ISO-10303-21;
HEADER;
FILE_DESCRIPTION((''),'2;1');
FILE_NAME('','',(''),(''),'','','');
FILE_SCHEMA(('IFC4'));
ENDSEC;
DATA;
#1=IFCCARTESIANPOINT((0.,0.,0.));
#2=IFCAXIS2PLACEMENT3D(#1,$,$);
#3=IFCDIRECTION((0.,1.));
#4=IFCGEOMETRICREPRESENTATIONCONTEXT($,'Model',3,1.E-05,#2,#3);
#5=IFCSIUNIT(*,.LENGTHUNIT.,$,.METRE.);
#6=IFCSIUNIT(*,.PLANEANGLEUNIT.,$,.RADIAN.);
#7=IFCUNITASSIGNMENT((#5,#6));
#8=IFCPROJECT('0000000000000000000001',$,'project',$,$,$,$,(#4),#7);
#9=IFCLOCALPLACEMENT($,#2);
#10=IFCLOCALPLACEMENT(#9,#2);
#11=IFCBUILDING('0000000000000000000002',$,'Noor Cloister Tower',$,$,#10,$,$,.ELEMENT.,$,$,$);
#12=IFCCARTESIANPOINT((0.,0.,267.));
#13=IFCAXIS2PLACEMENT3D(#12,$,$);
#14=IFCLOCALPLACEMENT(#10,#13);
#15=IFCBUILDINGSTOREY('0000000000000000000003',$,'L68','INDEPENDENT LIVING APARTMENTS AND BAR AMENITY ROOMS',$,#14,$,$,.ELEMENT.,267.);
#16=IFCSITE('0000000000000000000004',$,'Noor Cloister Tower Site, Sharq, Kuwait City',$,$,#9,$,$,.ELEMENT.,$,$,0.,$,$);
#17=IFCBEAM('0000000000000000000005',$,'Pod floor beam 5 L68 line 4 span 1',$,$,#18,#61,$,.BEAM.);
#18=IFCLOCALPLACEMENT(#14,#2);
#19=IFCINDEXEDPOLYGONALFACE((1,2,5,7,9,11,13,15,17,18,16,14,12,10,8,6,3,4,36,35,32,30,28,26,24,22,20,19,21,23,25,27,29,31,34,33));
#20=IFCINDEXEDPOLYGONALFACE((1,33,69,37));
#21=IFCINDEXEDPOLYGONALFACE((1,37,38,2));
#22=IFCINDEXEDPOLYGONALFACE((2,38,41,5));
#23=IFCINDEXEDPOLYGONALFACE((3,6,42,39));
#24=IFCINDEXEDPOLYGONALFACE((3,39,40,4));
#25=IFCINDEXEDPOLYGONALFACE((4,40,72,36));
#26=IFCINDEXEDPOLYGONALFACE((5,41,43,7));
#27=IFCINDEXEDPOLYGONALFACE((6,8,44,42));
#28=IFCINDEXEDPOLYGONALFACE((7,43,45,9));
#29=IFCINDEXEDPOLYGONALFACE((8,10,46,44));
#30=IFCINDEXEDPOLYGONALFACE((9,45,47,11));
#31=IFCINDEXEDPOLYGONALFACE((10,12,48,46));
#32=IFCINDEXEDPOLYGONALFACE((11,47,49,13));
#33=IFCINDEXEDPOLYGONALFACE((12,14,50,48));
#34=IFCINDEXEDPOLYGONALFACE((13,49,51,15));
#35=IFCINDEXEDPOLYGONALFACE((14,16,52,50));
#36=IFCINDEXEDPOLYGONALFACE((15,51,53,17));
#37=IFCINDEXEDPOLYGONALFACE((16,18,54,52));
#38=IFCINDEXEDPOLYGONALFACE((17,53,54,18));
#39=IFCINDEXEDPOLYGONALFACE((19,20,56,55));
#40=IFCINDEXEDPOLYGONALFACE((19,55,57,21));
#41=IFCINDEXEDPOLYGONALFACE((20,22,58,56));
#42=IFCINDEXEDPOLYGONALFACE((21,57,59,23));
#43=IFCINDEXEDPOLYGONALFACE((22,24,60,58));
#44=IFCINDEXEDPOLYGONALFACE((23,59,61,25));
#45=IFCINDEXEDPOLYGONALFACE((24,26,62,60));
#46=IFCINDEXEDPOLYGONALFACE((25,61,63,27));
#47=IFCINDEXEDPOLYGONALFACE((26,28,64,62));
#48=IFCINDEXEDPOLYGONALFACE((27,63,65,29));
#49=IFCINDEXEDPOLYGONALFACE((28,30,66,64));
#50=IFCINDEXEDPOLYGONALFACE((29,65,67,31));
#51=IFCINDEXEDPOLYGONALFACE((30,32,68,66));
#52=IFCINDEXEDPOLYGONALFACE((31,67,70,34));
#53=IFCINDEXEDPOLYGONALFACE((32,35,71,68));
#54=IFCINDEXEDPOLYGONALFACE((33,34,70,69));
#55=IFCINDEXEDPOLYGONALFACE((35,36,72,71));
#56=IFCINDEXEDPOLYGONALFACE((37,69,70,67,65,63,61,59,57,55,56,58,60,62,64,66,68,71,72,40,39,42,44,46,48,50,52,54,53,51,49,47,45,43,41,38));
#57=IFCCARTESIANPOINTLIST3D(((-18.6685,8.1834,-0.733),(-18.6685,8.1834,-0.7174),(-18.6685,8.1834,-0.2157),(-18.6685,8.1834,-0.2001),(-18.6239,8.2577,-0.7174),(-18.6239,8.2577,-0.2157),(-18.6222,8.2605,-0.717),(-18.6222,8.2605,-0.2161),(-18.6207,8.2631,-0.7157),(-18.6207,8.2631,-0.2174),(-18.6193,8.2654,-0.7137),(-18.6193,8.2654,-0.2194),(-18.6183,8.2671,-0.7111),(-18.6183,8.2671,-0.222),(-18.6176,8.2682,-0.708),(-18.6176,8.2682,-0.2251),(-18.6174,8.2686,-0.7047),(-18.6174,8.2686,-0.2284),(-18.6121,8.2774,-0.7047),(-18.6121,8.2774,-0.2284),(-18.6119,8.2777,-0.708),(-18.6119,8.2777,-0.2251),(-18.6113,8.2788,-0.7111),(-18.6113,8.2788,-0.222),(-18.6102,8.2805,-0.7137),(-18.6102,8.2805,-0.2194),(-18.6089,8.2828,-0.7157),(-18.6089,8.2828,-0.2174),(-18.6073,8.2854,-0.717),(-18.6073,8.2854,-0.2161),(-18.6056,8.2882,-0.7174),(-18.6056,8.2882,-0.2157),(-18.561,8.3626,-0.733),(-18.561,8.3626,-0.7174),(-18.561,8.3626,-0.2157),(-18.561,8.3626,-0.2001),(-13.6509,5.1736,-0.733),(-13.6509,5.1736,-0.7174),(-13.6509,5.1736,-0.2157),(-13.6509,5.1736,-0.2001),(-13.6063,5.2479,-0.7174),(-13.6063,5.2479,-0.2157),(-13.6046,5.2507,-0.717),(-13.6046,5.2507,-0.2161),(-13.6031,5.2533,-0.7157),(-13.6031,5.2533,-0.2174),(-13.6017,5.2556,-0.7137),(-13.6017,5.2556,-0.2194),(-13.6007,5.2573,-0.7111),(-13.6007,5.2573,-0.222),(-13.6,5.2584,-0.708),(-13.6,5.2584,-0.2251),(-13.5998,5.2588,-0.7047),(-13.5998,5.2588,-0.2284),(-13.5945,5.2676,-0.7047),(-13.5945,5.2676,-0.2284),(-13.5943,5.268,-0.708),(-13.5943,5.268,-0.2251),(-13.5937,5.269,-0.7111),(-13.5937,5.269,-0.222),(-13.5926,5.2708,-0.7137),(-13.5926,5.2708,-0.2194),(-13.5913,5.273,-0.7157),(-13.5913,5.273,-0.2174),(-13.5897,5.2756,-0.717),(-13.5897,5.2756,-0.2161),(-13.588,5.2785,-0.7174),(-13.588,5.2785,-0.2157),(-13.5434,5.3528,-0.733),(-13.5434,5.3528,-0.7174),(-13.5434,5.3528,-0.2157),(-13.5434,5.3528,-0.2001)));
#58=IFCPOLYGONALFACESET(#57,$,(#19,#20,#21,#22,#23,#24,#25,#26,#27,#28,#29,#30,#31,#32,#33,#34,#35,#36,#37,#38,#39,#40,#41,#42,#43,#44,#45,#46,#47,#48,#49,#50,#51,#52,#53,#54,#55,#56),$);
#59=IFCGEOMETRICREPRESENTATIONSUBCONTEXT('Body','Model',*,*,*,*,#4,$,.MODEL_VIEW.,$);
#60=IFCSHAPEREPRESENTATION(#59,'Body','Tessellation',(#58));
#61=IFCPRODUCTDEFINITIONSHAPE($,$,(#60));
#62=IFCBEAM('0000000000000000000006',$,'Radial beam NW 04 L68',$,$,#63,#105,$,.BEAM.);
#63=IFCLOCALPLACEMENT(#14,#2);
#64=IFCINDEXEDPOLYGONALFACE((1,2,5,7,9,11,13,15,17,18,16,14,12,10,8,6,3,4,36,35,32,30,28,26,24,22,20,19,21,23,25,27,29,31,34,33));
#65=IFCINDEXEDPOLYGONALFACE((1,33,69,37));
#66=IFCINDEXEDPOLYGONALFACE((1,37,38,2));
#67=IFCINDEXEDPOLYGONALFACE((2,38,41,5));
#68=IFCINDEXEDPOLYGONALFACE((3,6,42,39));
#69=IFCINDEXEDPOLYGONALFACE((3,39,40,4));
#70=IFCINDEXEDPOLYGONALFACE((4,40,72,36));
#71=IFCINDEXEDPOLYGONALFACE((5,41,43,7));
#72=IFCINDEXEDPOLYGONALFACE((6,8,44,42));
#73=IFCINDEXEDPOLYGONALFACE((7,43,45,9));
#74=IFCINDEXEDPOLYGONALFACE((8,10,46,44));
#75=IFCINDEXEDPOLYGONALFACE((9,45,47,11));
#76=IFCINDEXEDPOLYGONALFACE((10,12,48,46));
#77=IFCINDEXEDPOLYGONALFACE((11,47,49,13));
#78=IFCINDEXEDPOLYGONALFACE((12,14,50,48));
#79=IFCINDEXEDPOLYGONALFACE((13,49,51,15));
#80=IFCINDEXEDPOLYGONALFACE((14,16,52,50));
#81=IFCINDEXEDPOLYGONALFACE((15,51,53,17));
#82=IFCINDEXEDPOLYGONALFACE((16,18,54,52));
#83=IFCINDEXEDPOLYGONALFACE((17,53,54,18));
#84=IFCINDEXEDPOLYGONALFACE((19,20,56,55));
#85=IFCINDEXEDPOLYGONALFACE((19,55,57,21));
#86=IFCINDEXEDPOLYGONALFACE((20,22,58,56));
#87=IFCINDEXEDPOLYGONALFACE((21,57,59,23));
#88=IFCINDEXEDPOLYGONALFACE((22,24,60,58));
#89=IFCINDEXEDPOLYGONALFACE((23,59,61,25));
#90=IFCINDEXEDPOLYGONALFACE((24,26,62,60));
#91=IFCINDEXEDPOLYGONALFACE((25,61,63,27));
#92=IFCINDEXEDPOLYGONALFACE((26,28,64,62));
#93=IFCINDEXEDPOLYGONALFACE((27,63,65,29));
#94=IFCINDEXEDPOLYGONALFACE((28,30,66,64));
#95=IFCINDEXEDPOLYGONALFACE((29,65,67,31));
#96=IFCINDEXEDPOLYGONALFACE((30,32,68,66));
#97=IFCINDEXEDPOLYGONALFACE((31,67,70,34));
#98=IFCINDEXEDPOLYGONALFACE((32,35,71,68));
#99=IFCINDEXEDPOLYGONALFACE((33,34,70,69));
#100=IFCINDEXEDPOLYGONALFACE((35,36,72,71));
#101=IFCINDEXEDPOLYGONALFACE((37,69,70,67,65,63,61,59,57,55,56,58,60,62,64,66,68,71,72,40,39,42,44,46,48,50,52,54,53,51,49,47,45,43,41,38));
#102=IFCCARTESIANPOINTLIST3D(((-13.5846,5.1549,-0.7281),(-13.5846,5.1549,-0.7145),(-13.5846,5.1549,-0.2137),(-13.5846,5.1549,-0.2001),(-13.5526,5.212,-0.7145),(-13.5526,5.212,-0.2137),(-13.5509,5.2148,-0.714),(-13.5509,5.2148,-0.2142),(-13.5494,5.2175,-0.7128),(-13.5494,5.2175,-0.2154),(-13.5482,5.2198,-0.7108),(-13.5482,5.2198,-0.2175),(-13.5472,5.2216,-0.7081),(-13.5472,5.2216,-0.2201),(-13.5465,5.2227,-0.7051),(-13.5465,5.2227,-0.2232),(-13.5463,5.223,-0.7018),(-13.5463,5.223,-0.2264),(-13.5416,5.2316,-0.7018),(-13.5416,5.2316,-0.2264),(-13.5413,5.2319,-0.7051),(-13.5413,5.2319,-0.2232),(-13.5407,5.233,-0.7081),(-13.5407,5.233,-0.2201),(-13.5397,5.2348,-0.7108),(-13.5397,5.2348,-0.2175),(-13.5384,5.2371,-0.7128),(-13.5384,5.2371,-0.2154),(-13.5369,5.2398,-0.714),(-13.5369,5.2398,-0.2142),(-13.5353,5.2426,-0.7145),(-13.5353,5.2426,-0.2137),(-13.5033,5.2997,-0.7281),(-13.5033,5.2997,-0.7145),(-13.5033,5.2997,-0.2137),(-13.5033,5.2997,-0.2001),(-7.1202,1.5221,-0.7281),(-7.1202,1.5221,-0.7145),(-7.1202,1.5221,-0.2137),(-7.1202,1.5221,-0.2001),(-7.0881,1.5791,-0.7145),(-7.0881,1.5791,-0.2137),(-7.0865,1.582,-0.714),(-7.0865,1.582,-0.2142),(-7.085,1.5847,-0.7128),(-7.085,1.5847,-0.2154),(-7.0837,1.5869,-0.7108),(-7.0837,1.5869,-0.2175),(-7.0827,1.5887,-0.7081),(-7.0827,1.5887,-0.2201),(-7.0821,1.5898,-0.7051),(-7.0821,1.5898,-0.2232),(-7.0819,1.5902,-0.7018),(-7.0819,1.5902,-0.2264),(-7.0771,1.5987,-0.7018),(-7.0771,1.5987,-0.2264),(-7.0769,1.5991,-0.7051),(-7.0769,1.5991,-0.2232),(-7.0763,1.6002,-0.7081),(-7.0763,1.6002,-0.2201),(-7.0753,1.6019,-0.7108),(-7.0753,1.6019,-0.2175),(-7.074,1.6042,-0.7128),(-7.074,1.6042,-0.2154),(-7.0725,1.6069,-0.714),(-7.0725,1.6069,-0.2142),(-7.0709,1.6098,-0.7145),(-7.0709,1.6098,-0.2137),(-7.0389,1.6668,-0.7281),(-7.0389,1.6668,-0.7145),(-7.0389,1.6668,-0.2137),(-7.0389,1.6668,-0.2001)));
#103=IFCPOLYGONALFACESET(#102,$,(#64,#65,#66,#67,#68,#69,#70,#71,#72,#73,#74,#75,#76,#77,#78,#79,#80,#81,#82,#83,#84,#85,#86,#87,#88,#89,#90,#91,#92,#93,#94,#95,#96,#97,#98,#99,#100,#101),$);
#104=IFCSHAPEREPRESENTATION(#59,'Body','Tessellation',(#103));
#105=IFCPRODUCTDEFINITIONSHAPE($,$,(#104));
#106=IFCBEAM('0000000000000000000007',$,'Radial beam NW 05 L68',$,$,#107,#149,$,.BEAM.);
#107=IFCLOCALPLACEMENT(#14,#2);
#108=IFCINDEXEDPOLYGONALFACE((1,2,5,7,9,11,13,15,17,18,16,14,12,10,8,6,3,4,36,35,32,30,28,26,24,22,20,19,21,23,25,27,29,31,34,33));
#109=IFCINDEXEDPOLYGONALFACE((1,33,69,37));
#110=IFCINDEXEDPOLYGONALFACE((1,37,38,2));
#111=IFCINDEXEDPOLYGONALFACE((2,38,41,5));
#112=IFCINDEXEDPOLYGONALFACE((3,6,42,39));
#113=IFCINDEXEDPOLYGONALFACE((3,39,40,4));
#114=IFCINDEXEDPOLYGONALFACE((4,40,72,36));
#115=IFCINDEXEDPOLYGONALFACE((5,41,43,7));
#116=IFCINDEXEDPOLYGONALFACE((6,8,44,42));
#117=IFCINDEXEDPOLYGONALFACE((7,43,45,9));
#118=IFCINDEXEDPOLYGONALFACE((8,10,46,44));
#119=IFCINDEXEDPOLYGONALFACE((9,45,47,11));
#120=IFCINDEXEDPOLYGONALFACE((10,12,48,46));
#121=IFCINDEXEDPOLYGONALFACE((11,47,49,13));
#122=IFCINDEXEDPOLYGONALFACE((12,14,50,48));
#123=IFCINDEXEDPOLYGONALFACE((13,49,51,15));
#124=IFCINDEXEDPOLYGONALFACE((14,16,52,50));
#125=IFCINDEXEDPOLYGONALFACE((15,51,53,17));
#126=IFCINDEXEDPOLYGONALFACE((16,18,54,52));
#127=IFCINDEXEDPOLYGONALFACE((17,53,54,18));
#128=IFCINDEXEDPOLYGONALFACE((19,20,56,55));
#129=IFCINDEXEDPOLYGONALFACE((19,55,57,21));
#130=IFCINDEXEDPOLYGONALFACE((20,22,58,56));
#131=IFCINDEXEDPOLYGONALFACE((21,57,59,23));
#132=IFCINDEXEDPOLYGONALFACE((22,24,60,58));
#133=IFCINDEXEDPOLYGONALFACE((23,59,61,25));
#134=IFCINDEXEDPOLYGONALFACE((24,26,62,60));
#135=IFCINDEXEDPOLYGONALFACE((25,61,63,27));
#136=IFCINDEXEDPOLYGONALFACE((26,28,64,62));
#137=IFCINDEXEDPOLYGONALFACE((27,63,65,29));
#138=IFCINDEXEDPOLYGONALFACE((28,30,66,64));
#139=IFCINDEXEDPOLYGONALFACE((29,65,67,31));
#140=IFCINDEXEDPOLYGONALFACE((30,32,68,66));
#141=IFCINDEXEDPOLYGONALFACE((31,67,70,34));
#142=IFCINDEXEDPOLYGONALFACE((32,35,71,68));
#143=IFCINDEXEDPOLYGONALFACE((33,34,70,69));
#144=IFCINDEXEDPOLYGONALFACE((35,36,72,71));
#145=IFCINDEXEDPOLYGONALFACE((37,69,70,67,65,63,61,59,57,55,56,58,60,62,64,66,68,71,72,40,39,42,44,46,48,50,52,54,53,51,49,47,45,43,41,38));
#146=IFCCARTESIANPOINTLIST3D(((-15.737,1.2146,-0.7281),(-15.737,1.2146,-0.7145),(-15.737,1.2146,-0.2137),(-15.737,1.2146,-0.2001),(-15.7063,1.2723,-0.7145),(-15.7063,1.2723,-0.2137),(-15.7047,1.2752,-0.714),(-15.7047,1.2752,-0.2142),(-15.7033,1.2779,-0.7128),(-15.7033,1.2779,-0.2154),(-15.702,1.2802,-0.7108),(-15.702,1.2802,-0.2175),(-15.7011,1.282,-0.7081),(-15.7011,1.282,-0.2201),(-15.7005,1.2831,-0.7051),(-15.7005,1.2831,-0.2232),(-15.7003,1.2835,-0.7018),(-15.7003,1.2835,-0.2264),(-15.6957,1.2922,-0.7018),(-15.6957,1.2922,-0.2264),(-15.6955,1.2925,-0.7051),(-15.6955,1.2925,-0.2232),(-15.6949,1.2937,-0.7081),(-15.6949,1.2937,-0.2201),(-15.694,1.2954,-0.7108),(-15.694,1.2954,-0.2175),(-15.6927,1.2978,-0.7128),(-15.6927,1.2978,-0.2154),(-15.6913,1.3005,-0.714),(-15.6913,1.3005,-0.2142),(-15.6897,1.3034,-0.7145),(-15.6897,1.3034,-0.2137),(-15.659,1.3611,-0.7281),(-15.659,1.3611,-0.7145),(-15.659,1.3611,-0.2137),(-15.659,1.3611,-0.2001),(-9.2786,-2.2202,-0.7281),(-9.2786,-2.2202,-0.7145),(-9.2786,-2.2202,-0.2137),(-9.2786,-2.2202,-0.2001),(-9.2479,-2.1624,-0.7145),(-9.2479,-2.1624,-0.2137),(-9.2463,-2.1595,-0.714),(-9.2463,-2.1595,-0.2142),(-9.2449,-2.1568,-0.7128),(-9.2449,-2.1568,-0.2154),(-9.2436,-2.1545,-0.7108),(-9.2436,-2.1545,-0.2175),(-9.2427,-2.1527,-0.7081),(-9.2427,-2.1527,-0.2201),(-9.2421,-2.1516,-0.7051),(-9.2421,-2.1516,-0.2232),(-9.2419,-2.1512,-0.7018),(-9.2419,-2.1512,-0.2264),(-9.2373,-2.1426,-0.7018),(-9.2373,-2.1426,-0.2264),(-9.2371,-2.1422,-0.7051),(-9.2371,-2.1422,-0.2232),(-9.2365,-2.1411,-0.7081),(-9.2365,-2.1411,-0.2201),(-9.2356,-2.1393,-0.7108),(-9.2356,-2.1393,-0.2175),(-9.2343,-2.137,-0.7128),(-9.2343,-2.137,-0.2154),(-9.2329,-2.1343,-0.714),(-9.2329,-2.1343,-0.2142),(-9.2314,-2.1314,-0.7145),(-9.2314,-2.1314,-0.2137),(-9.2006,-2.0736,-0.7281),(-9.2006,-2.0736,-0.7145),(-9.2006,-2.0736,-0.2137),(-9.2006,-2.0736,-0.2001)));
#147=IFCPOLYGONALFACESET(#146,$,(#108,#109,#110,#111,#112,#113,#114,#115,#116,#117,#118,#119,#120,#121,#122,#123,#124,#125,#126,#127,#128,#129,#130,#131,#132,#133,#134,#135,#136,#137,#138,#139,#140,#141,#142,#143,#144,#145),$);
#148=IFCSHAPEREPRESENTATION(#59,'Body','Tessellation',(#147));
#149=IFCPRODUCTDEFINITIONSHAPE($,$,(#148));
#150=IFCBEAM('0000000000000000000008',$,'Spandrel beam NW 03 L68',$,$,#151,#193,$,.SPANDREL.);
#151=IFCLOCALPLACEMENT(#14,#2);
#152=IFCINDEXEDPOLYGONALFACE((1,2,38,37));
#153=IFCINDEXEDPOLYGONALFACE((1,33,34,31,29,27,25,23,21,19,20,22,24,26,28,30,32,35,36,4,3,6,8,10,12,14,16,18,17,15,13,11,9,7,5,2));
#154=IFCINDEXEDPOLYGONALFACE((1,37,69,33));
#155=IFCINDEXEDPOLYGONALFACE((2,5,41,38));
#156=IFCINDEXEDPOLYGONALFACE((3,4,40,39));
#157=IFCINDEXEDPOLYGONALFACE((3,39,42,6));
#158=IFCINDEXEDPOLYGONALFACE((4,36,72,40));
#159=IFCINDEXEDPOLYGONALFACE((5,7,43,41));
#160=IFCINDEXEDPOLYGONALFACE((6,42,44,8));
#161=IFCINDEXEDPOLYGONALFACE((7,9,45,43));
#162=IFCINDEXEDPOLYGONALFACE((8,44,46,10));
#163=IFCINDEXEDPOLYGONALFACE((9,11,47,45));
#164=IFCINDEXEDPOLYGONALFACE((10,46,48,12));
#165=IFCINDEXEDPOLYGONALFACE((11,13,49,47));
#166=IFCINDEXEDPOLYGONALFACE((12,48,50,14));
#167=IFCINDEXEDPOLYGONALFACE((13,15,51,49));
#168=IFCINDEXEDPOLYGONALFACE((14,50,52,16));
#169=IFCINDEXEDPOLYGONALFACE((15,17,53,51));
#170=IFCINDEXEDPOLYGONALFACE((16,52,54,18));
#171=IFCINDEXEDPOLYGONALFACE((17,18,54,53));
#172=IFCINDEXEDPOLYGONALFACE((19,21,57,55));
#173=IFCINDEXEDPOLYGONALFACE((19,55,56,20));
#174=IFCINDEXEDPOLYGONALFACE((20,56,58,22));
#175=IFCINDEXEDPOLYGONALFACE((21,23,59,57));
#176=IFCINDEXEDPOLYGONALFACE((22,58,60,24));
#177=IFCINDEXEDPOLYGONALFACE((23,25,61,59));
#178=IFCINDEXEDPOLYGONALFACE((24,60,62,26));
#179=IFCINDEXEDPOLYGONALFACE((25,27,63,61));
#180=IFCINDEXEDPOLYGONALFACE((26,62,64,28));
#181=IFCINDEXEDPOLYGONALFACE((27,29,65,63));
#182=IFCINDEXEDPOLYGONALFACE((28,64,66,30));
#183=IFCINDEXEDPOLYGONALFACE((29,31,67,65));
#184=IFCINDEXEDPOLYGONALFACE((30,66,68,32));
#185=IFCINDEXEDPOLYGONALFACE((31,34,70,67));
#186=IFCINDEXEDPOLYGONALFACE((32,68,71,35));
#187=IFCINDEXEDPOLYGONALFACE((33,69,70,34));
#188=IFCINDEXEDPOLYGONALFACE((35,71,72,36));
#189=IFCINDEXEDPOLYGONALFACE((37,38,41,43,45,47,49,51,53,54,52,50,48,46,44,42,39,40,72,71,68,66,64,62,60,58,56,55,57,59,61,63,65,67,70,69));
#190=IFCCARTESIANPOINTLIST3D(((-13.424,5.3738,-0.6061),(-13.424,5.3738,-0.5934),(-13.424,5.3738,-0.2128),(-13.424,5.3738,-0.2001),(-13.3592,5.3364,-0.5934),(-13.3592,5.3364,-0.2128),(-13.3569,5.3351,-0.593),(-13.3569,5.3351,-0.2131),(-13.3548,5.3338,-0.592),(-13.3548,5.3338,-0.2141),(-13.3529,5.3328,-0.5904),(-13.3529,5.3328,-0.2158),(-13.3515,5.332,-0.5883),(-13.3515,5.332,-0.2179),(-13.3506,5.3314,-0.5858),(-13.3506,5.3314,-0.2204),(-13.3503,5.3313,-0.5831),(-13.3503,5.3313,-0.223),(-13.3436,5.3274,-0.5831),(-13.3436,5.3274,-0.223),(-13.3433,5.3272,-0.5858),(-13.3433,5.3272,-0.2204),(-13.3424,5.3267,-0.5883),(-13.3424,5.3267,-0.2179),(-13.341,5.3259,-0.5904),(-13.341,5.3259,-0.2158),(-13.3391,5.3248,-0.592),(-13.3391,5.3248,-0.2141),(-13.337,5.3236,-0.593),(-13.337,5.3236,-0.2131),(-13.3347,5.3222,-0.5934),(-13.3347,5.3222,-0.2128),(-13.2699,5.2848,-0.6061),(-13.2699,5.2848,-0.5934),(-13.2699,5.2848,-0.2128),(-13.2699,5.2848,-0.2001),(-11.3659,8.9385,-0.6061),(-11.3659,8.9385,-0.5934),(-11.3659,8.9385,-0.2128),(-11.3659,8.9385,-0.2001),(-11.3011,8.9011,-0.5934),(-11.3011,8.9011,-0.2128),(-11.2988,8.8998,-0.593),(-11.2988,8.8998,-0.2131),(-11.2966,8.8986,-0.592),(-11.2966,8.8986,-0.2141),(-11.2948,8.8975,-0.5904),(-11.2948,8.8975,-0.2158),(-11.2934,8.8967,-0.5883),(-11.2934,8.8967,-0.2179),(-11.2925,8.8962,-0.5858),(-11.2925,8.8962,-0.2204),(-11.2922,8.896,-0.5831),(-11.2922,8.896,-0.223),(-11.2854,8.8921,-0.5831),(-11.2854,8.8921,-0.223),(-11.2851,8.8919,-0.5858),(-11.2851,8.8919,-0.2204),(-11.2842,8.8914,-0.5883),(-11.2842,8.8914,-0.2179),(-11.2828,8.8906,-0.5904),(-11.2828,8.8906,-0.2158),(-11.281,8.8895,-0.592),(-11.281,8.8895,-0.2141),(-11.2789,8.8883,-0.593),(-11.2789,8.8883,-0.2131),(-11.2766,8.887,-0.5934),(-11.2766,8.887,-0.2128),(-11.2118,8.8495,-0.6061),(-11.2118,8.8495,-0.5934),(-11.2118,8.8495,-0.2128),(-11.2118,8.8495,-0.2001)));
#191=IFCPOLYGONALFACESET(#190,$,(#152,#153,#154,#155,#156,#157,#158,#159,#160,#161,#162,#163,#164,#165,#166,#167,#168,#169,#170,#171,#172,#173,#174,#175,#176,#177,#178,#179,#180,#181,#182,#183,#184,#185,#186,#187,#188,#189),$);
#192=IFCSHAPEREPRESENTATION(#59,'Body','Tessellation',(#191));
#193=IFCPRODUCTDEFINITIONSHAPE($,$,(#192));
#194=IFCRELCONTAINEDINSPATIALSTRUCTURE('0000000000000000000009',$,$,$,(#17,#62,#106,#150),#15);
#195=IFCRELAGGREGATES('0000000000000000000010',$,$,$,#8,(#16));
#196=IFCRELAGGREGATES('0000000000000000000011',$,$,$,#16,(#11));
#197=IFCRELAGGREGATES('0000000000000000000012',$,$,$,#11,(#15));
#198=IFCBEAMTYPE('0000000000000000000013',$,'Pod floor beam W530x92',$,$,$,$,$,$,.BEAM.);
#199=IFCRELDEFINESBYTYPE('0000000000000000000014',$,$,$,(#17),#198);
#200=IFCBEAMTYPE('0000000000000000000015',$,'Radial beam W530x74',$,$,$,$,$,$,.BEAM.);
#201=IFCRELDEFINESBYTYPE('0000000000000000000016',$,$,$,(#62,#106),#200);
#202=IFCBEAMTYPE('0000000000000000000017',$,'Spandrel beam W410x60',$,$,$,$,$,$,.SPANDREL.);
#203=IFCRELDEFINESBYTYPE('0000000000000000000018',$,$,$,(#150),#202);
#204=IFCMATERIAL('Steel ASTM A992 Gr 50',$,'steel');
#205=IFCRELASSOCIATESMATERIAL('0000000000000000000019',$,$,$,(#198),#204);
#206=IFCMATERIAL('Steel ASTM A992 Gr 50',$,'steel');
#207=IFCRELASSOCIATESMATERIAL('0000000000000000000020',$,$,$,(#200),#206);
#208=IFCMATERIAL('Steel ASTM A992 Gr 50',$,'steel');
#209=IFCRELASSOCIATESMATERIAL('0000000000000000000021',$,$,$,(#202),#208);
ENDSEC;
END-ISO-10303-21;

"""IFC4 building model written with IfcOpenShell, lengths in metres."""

from ifc_helpers import new_model, si_unit, direction, frame, origin, origin_2d, place, context, subcontext, project, spatial, i_section, extrude, material, material_profile, profile_set, type_object, element, save


model = new_model("IFC4")

# Units and contexts
model_context = context("Model", 3, precision=1e-05, world=origin(), true_north=direction((0.0, 1.0)))
body_context = subcontext(model_context, "Body", "Model", "MODEL_VIEW")
ifc_project = project(units=[si_unit("LENGTHUNIT", "METRE"), si_unit("PLANEANGLEUNIT", "RADIAN")], contexts=[model_context])

# Site, building, storey
site_placement = place(None, origin())
site = spatial("IfcSite", under=ifc_project, at=site_placement, Name="Noor Cloister Tower Site, Sharq, Kuwait City", CompositionType="ELEMENT", RefElevation=0.0)
building_placement = place(site_placement, origin())
building = spatial("IfcBuilding", under=site, at=building_placement, Name="Noor Cloister Tower", CompositionType="ELEMENT")
storey_placement = place(building_placement, frame((0.0, 0.0, 267.0)))
storey = spatial("IfcBuildingStorey", under=building, at=storey_placement, Name="L68", Description="INDEPENDENT LIVING APARTMENTS AND BAR AMENITY ROOMS", CompositionType="ELEMENT", Elevation=267.0)

# Beams
ifc_material_1 = material(Name="Steel ASTM A992 Gr 50", Category="steel")
ifc_material_profile_1 = material_profile(ifc_material_1, i_section(OverallWidth=0.209, OverallDepth=0.533, WebThickness=0.0103, FlangeThickness=0.0156, FilletRadius=0.0127, at=origin_2d()), Name="W530x92")
ifc_profile_set_1 = profile_set([ifc_material_profile_1], Name="Steel ASTM A992 Gr 50")
beam_type_1 = type_object("IfcBeamType", Name="Pod floor beam W530x92", PredefinedType="BEAM", material=ifc_profile_set_1)
beam_1_placement = place(storey_placement, frame((-13.5972, 5.2632, -0.4666), z_axis=(-0.857552, 0.514398, 0.0), x_axis=(-0.514398, -0.857552, 0.0)))
element("IfcBeam", 1, at=beam_1_placement, inside=storey, type_object=beam_type_1, Name="Pod floor beam 5 L68 line 4 span 1", PredefinedType="BEAM", context=body_context, shape_type="SweptSolid", body=[
    extrude(i_section(OverallWidth=0.209, OverallDepth=0.533, WebThickness=0.0103, FlangeThickness=0.0156, FilletRadius=0.0127, at=origin_2d()), origin(), (0.0, 0.0, 1.0), 5.8511),
])
ifc_material_2 = material(Name="Steel ASTM A992 Gr 50", Category="steel")
ifc_material_profile_2 = material_profile(ifc_material_2, i_section(OverallWidth=0.166, OverallDepth=0.5281, WebThickness=0.0098, FlangeThickness=0.0137, FilletRadius=0.0127, at=origin_2d()), Name="W530x74")
ifc_profile_set_2 = profile_set([ifc_material_profile_2], Name="Steel ASTM A992 Gr 50")
beam_type_2 = type_object("IfcBeamType", Name="Radial beam W530x74", PredefinedType="BEAM", material=ifc_profile_set_2)
beam_2_placement = place(storey_placement, frame((-13.5439, 5.2273, -0.4641), z_axis=(0.871771, -0.489914, 0.0), x_axis=(0.489914, 0.871771, 0.0)))
element("IfcBeam", 2, at=beam_2_placement, inside=storey, type_object=beam_type_2, Name="Radial beam NW 04 L68", PredefinedType="BEAM", context=body_context, shape_type="SweptSolid", body=[
    extrude(i_section(OverallWidth=0.166, OverallDepth=0.5281, WebThickness=0.0098, FlangeThickness=0.0137, FilletRadius=0.0127, at=origin_2d()), origin(), (0.0, 0.0, 1.0), 7.4153),
])
beam_3_placement = place(storey_placement, frame((-15.698, 1.2878, -0.4641), z_axis=(0.882904, -0.469554, 0.0), x_axis=(0.469554, 0.882904, 0.0)))
element("IfcBeam", 3, at=beam_3_placement, inside=storey, type_object=beam_type_2, Name="Radial beam NW 05 L68", PredefinedType="BEAM", context=body_context, shape_type="SweptSolid", body=[
    extrude(i_section(OverallWidth=0.166, OverallDepth=0.5281, WebThickness=0.0098, FlangeThickness=0.0137, FilletRadius=0.0127, at=origin_2d()), origin(), (0.0, 0.0, 1.0), 7.3149),
])
ifc_material_3 = material(Name="Steel ASTM A992 Gr 50", Category="steel")
ifc_material_profile_3 = material_profile(ifc_material_3, i_section(OverallWidth=0.178, OverallDepth=0.406, WebThickness=0.0078, FlangeThickness=0.0127, FilletRadius=0.0103, at=origin_2d()), Name="W410x60")
ifc_profile_set_3 = profile_set([ifc_material_profile_3], Name="Steel ASTM A992 Gr 50")
beam_type_3 = type_object("IfcBeamType", Name="Spandrel beam W410x60", PredefinedType="SPANDREL", material=ifc_profile_set_3)
for number, where, z_axis, x_axis, name in (
    (4, (-11.2888, 8.894, -0.4031), (-0.500005, -0.866023, 0.0), (0.866023, -0.500005, 0.0), "Spandrel beam NW 03 L68"),
):
    element("IfcBeam", number, at=place(storey_placement, frame(where, z_axis=z_axis, x_axis=x_axis)), inside=storey, type_object=beam_type_3, Name=name, PredefinedType="SPANDREL", context=body_context, shape_type="SweptSolid", body=[
        extrude(i_section(OverallWidth=0.178, OverallDepth=0.406, WebThickness=0.0078, FlangeThickness=0.0127, FilletRadius=0.0103, at=origin_2d()), origin(), (0.0, 0.0, 1.0), 4.1162),
    ])

save(model, "model.ifc")
